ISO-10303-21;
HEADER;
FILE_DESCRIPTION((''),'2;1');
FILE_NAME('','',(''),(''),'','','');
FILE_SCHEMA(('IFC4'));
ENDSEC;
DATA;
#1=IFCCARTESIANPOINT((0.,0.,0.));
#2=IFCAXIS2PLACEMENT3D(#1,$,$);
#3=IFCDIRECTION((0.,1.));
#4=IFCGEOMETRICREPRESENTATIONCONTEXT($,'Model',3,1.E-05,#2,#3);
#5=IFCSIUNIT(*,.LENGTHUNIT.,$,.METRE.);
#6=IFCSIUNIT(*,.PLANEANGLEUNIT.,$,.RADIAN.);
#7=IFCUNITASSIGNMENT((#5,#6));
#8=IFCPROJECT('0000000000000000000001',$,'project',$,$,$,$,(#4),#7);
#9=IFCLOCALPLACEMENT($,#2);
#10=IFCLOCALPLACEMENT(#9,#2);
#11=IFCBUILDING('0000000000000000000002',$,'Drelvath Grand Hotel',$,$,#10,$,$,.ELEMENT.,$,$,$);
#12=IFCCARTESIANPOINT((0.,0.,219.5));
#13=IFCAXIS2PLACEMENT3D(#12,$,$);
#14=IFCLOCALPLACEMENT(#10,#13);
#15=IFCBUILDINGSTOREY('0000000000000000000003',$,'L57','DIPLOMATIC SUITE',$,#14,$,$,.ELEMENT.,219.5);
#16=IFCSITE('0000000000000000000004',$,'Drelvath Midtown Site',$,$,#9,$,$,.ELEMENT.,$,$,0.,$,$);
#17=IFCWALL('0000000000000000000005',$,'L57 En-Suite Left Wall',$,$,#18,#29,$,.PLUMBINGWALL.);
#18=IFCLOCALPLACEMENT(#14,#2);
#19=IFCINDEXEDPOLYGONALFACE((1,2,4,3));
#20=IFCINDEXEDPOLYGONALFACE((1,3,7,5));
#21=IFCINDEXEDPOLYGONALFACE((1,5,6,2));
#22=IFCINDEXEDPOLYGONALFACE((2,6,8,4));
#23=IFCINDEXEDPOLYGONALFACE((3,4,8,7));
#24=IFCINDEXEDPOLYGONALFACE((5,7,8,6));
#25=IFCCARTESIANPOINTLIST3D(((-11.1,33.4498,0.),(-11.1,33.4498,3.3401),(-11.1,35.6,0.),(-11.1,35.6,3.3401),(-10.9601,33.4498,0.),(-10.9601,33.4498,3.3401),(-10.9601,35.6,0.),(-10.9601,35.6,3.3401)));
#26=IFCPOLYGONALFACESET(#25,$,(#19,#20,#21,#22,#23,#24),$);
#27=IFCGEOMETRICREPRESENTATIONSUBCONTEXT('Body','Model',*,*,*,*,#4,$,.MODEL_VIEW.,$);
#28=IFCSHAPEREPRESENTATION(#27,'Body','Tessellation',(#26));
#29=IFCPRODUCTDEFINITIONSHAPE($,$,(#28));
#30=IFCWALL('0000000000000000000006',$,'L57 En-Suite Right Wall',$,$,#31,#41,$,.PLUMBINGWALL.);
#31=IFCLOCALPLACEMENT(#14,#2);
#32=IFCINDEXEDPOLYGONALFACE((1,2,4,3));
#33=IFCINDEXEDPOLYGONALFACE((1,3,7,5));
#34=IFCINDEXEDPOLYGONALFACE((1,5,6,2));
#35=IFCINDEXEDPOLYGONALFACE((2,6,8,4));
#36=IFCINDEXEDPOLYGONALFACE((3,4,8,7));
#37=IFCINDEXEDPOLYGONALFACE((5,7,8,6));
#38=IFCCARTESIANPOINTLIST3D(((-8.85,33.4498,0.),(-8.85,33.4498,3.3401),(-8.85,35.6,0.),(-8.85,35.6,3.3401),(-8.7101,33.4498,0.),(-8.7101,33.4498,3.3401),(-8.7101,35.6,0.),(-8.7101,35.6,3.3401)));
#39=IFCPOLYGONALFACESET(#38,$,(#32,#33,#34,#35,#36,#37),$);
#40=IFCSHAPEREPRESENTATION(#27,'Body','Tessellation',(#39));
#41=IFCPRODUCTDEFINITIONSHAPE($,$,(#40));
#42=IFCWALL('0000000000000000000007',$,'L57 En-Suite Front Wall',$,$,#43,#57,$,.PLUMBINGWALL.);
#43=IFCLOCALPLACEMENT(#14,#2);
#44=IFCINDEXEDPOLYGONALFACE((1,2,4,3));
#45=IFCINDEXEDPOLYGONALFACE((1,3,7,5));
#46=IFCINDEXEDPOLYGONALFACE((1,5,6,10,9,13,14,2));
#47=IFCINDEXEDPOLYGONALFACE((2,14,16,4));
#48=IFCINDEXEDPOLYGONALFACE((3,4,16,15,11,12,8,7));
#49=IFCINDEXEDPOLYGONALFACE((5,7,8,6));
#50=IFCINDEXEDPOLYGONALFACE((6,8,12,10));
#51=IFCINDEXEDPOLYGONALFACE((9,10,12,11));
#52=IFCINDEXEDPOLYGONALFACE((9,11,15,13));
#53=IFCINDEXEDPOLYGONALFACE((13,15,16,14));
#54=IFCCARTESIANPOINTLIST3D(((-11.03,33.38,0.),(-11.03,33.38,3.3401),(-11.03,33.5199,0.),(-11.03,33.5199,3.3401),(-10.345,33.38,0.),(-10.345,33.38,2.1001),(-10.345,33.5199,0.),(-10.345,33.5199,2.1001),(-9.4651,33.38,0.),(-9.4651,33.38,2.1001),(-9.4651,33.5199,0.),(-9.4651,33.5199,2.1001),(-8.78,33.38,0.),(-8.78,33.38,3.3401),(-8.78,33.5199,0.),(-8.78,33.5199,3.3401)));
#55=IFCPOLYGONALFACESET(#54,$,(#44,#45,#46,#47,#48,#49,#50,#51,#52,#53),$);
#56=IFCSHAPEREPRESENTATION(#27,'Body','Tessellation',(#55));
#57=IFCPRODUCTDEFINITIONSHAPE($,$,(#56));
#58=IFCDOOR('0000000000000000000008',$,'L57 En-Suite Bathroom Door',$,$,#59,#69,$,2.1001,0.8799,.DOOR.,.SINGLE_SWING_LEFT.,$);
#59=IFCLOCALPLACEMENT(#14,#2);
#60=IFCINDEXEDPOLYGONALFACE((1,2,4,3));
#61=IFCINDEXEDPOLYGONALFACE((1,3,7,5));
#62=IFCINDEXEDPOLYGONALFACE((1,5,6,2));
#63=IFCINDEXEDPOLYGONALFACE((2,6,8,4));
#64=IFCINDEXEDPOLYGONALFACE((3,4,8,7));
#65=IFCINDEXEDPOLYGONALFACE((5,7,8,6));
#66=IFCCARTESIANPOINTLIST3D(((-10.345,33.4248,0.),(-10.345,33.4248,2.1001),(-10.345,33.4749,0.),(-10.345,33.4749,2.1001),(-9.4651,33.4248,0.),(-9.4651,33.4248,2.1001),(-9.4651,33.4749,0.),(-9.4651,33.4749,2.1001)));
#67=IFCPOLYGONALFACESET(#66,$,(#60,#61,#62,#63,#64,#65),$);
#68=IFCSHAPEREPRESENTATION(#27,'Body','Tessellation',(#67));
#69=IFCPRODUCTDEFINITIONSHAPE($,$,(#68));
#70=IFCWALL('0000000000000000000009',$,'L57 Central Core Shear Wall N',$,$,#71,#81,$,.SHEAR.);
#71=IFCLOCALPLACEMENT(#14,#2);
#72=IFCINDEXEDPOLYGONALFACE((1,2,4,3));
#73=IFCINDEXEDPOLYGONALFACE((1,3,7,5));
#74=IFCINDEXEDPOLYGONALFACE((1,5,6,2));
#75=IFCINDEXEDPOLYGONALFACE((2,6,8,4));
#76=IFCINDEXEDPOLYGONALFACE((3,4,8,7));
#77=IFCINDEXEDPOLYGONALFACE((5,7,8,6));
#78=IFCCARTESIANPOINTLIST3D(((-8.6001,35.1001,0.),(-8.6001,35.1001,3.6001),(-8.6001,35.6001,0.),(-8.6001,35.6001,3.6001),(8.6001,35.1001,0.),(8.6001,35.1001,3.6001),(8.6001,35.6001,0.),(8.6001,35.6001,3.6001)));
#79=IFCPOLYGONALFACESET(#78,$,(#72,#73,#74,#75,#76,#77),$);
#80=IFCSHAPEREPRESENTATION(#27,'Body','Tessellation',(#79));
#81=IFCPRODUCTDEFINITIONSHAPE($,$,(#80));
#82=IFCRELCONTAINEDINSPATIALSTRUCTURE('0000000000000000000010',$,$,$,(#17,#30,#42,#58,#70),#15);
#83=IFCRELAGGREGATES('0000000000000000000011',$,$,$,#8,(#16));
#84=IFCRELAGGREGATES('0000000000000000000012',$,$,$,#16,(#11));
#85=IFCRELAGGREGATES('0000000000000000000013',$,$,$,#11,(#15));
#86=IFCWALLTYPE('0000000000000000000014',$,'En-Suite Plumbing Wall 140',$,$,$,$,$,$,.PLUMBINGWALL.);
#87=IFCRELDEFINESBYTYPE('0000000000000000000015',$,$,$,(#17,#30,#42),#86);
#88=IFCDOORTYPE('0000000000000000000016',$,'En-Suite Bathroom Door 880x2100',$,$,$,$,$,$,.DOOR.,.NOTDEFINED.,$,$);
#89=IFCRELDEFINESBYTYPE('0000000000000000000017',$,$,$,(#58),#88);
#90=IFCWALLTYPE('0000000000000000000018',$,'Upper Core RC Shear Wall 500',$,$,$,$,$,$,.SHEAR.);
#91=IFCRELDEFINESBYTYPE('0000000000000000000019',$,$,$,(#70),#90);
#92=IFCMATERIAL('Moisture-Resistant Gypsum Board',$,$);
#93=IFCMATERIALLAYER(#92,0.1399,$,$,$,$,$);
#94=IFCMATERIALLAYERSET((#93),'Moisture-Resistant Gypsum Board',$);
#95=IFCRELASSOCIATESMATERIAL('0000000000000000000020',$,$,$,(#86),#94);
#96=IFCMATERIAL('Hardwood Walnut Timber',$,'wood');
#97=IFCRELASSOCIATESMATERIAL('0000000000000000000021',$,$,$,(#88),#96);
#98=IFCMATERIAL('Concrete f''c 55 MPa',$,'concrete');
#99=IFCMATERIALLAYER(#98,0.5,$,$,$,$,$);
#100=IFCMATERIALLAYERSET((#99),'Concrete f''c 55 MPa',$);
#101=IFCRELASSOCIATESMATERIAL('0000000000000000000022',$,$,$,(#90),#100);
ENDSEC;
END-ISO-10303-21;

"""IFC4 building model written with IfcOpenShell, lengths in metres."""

from ifc_helpers import new_model, si_unit, direction, frame, frame_2d, origin, place, context, subcontext, project, spatial, rectangle, extrude, material, layer, layer_set, type_object, element, fill, save


model = new_model("IFC4")

# Units and contexts
model_context = context("Model", 3, precision=1e-05, world=origin(), true_north=direction((0.0, 1.0)))
body_context = subcontext(model_context, "Body", "Model", "MODEL_VIEW")
ifc_project = project(units=[si_unit("LENGTHUNIT", "METRE"), si_unit("PLANEANGLEUNIT", "RADIAN")], contexts=[model_context])

# Site, building, storey
site_placement = place(None, origin())
site = spatial("IfcSite", under=ifc_project, at=site_placement, Name="Drelvath Midtown Site", CompositionType="ELEMENT", RefElevation=0.0)
building_placement = place(site_placement, origin())
building = spatial("IfcBuilding", under=site, at=building_placement, Name="Drelvath Grand Hotel", CompositionType="ELEMENT")
storey_placement = place(building_placement, frame((0.0, 0.0, 219.5)))
storey = spatial("IfcBuildingStorey", under=building, at=storey_placement, Name="L57", Description="DIPLOMATIC SUITE", CompositionType="ELEMENT", Elevation=219.5)

# Shared definitions
ifc_material_1 = material(Name="Concrete f'c 55 MPa", Category="concrete")

# Shared definitions
ifc_material_2 = material(Name="Hardwood Walnut Timber", Category="wood")

# Walls
ifc_material_3 = material(Name="Moisture-Resistant Gypsum Board")
ifc_layer_1 = layer(ifc_material_3, 0.1399)
ifc_layer_set_1 = layer_set([ifc_layer_1], Name="Moisture-Resistant Gypsum Board")
wall_type_1 = type_object("IfcWallType", Name="En-Suite Plumbing Wall 140", PredefinedType="PLUMBINGWALL", material=ifc_layer_set_1)
for number, where, z_axis, x_axis, name in (
    (1, (-11.03, 35.6001, 0.0), (0.0, 0.0, 1.0), (0.0, -1.0, 0.0), "L57 En-Suite Left Wall"),
    (2, (-8.78, 35.6001, 0.0), (0.0, 0.0, 1.0), (0.0, -1.0, 0.0), "L57 En-Suite Right Wall"),
):
    element("IfcWall", number, at=place(storey_placement, frame(where, z_axis=z_axis, x_axis=x_axis)), inside=storey, type_object=wall_type_1, Name=name, PredefinedType="PLUMBINGWALL", context=body_context, shape_type="SweptSolid", body=[
        extrude(rectangle(XDim=2.1501, YDim=0.1399, at=frame_2d((1.0752, 0.0))), origin(), (0.0, 0.0, 1.0), 3.3401),
    ])

# Wall, opening, door
wall_1_placement = place(storey_placement, frame((-11.03, 33.45, 0.0), z_axis=(0.0, 0.0, 1.0), x_axis=(1.0, 0.0, 0.0)))
wall_1 = element("IfcWall", 3, at=wall_1_placement, inside=storey, type_object=wall_type_1, Name="L57 En-Suite Front Wall", PredefinedType="PLUMBINGWALL", context=body_context, shape_type="SweptSolid", body=[
    extrude(rectangle(XDim=2.25, YDim=0.1399, at=frame_2d((1.125, 0.0))), origin(), (0.0, 0.0, 1.0), 3.3401),
])
opening_1_placement = place(wall_1_placement, frame((0.6851, 0.0, 0.0)))
opening_1 = element("IfcOpeningElement", 4, at=opening_1_placement, cuts=wall_1, PredefinedType="OPENING", context=body_context, shape_type="SweptSolid", body=[
    extrude(rectangle(XDim=0.8799, YDim=2.1001, at=frame_2d((0.4399, 1.05))), frame((0.0, 0.0798, 0.0), z_axis=(0.0, -1.0, 0.0), x_axis=(1.0, 0.0, 0.0)), (0.0, 0.0, 1.0), 0.1599),
])
door_type_1 = type_object("IfcDoorType", Name="En-Suite Bathroom Door 880x2100", OperationType="NOTDEFINED", PredefinedType="DOOR", material=ifc_material_2)
door_1_placement = place(opening_1_placement, origin())
door_1 = element("IfcDoor", 5, at=door_1_placement, inside=storey, type_object=door_type_1, Name="L57 En-Suite Bathroom Door", OperationType="SINGLE_SWING_LEFT", OverallHeight=2.1001, OverallWidth=0.8799, PredefinedType="DOOR", context=body_context, shape_type="SweptSolid", body=[
    extrude(rectangle(XDim=0.8799, YDim=2.1001, at=frame_2d((0.4399, 1.05))), frame((0.0, 0.0249, 0.0), z_axis=(0.0, -1.0, 0.0), x_axis=(1.0, 0.0, 0.0)), (0.0, 0.0, 1.0), 0.05),
])
fill(opening_1, door_1)

# Wall
ifc_layer_2 = layer(ifc_material_1, 0.5)
ifc_layer_set_2 = layer_set([ifc_layer_2], Name="Concrete f'c 55 MPa")
wall_type_2 = type_object("IfcWallType", Name="Upper Core RC Shear Wall 500", PredefinedType="SHEAR", material=ifc_layer_set_2)
wall_2_placement = place(storey_placement, frame((-8.6001, 35.3501, 0.0), z_axis=(0.0, 0.0, 1.0), x_axis=(1.0, 0.0, 0.0)))
element("IfcWall", 6, at=wall_2_placement, inside=storey, type_object=wall_type_2, Name="L57 Central Core Shear Wall N", PredefinedType="SHEAR", context=body_context, shape_type="SweptSolid", body=[
    extrude(rectangle(XDim=17.2002, YDim=0.5, at=frame_2d((8.6001, 0.0))), origin(), (0.0, 0.0, 1.0), 3.6001),
])

save(model, "model.ifc")
